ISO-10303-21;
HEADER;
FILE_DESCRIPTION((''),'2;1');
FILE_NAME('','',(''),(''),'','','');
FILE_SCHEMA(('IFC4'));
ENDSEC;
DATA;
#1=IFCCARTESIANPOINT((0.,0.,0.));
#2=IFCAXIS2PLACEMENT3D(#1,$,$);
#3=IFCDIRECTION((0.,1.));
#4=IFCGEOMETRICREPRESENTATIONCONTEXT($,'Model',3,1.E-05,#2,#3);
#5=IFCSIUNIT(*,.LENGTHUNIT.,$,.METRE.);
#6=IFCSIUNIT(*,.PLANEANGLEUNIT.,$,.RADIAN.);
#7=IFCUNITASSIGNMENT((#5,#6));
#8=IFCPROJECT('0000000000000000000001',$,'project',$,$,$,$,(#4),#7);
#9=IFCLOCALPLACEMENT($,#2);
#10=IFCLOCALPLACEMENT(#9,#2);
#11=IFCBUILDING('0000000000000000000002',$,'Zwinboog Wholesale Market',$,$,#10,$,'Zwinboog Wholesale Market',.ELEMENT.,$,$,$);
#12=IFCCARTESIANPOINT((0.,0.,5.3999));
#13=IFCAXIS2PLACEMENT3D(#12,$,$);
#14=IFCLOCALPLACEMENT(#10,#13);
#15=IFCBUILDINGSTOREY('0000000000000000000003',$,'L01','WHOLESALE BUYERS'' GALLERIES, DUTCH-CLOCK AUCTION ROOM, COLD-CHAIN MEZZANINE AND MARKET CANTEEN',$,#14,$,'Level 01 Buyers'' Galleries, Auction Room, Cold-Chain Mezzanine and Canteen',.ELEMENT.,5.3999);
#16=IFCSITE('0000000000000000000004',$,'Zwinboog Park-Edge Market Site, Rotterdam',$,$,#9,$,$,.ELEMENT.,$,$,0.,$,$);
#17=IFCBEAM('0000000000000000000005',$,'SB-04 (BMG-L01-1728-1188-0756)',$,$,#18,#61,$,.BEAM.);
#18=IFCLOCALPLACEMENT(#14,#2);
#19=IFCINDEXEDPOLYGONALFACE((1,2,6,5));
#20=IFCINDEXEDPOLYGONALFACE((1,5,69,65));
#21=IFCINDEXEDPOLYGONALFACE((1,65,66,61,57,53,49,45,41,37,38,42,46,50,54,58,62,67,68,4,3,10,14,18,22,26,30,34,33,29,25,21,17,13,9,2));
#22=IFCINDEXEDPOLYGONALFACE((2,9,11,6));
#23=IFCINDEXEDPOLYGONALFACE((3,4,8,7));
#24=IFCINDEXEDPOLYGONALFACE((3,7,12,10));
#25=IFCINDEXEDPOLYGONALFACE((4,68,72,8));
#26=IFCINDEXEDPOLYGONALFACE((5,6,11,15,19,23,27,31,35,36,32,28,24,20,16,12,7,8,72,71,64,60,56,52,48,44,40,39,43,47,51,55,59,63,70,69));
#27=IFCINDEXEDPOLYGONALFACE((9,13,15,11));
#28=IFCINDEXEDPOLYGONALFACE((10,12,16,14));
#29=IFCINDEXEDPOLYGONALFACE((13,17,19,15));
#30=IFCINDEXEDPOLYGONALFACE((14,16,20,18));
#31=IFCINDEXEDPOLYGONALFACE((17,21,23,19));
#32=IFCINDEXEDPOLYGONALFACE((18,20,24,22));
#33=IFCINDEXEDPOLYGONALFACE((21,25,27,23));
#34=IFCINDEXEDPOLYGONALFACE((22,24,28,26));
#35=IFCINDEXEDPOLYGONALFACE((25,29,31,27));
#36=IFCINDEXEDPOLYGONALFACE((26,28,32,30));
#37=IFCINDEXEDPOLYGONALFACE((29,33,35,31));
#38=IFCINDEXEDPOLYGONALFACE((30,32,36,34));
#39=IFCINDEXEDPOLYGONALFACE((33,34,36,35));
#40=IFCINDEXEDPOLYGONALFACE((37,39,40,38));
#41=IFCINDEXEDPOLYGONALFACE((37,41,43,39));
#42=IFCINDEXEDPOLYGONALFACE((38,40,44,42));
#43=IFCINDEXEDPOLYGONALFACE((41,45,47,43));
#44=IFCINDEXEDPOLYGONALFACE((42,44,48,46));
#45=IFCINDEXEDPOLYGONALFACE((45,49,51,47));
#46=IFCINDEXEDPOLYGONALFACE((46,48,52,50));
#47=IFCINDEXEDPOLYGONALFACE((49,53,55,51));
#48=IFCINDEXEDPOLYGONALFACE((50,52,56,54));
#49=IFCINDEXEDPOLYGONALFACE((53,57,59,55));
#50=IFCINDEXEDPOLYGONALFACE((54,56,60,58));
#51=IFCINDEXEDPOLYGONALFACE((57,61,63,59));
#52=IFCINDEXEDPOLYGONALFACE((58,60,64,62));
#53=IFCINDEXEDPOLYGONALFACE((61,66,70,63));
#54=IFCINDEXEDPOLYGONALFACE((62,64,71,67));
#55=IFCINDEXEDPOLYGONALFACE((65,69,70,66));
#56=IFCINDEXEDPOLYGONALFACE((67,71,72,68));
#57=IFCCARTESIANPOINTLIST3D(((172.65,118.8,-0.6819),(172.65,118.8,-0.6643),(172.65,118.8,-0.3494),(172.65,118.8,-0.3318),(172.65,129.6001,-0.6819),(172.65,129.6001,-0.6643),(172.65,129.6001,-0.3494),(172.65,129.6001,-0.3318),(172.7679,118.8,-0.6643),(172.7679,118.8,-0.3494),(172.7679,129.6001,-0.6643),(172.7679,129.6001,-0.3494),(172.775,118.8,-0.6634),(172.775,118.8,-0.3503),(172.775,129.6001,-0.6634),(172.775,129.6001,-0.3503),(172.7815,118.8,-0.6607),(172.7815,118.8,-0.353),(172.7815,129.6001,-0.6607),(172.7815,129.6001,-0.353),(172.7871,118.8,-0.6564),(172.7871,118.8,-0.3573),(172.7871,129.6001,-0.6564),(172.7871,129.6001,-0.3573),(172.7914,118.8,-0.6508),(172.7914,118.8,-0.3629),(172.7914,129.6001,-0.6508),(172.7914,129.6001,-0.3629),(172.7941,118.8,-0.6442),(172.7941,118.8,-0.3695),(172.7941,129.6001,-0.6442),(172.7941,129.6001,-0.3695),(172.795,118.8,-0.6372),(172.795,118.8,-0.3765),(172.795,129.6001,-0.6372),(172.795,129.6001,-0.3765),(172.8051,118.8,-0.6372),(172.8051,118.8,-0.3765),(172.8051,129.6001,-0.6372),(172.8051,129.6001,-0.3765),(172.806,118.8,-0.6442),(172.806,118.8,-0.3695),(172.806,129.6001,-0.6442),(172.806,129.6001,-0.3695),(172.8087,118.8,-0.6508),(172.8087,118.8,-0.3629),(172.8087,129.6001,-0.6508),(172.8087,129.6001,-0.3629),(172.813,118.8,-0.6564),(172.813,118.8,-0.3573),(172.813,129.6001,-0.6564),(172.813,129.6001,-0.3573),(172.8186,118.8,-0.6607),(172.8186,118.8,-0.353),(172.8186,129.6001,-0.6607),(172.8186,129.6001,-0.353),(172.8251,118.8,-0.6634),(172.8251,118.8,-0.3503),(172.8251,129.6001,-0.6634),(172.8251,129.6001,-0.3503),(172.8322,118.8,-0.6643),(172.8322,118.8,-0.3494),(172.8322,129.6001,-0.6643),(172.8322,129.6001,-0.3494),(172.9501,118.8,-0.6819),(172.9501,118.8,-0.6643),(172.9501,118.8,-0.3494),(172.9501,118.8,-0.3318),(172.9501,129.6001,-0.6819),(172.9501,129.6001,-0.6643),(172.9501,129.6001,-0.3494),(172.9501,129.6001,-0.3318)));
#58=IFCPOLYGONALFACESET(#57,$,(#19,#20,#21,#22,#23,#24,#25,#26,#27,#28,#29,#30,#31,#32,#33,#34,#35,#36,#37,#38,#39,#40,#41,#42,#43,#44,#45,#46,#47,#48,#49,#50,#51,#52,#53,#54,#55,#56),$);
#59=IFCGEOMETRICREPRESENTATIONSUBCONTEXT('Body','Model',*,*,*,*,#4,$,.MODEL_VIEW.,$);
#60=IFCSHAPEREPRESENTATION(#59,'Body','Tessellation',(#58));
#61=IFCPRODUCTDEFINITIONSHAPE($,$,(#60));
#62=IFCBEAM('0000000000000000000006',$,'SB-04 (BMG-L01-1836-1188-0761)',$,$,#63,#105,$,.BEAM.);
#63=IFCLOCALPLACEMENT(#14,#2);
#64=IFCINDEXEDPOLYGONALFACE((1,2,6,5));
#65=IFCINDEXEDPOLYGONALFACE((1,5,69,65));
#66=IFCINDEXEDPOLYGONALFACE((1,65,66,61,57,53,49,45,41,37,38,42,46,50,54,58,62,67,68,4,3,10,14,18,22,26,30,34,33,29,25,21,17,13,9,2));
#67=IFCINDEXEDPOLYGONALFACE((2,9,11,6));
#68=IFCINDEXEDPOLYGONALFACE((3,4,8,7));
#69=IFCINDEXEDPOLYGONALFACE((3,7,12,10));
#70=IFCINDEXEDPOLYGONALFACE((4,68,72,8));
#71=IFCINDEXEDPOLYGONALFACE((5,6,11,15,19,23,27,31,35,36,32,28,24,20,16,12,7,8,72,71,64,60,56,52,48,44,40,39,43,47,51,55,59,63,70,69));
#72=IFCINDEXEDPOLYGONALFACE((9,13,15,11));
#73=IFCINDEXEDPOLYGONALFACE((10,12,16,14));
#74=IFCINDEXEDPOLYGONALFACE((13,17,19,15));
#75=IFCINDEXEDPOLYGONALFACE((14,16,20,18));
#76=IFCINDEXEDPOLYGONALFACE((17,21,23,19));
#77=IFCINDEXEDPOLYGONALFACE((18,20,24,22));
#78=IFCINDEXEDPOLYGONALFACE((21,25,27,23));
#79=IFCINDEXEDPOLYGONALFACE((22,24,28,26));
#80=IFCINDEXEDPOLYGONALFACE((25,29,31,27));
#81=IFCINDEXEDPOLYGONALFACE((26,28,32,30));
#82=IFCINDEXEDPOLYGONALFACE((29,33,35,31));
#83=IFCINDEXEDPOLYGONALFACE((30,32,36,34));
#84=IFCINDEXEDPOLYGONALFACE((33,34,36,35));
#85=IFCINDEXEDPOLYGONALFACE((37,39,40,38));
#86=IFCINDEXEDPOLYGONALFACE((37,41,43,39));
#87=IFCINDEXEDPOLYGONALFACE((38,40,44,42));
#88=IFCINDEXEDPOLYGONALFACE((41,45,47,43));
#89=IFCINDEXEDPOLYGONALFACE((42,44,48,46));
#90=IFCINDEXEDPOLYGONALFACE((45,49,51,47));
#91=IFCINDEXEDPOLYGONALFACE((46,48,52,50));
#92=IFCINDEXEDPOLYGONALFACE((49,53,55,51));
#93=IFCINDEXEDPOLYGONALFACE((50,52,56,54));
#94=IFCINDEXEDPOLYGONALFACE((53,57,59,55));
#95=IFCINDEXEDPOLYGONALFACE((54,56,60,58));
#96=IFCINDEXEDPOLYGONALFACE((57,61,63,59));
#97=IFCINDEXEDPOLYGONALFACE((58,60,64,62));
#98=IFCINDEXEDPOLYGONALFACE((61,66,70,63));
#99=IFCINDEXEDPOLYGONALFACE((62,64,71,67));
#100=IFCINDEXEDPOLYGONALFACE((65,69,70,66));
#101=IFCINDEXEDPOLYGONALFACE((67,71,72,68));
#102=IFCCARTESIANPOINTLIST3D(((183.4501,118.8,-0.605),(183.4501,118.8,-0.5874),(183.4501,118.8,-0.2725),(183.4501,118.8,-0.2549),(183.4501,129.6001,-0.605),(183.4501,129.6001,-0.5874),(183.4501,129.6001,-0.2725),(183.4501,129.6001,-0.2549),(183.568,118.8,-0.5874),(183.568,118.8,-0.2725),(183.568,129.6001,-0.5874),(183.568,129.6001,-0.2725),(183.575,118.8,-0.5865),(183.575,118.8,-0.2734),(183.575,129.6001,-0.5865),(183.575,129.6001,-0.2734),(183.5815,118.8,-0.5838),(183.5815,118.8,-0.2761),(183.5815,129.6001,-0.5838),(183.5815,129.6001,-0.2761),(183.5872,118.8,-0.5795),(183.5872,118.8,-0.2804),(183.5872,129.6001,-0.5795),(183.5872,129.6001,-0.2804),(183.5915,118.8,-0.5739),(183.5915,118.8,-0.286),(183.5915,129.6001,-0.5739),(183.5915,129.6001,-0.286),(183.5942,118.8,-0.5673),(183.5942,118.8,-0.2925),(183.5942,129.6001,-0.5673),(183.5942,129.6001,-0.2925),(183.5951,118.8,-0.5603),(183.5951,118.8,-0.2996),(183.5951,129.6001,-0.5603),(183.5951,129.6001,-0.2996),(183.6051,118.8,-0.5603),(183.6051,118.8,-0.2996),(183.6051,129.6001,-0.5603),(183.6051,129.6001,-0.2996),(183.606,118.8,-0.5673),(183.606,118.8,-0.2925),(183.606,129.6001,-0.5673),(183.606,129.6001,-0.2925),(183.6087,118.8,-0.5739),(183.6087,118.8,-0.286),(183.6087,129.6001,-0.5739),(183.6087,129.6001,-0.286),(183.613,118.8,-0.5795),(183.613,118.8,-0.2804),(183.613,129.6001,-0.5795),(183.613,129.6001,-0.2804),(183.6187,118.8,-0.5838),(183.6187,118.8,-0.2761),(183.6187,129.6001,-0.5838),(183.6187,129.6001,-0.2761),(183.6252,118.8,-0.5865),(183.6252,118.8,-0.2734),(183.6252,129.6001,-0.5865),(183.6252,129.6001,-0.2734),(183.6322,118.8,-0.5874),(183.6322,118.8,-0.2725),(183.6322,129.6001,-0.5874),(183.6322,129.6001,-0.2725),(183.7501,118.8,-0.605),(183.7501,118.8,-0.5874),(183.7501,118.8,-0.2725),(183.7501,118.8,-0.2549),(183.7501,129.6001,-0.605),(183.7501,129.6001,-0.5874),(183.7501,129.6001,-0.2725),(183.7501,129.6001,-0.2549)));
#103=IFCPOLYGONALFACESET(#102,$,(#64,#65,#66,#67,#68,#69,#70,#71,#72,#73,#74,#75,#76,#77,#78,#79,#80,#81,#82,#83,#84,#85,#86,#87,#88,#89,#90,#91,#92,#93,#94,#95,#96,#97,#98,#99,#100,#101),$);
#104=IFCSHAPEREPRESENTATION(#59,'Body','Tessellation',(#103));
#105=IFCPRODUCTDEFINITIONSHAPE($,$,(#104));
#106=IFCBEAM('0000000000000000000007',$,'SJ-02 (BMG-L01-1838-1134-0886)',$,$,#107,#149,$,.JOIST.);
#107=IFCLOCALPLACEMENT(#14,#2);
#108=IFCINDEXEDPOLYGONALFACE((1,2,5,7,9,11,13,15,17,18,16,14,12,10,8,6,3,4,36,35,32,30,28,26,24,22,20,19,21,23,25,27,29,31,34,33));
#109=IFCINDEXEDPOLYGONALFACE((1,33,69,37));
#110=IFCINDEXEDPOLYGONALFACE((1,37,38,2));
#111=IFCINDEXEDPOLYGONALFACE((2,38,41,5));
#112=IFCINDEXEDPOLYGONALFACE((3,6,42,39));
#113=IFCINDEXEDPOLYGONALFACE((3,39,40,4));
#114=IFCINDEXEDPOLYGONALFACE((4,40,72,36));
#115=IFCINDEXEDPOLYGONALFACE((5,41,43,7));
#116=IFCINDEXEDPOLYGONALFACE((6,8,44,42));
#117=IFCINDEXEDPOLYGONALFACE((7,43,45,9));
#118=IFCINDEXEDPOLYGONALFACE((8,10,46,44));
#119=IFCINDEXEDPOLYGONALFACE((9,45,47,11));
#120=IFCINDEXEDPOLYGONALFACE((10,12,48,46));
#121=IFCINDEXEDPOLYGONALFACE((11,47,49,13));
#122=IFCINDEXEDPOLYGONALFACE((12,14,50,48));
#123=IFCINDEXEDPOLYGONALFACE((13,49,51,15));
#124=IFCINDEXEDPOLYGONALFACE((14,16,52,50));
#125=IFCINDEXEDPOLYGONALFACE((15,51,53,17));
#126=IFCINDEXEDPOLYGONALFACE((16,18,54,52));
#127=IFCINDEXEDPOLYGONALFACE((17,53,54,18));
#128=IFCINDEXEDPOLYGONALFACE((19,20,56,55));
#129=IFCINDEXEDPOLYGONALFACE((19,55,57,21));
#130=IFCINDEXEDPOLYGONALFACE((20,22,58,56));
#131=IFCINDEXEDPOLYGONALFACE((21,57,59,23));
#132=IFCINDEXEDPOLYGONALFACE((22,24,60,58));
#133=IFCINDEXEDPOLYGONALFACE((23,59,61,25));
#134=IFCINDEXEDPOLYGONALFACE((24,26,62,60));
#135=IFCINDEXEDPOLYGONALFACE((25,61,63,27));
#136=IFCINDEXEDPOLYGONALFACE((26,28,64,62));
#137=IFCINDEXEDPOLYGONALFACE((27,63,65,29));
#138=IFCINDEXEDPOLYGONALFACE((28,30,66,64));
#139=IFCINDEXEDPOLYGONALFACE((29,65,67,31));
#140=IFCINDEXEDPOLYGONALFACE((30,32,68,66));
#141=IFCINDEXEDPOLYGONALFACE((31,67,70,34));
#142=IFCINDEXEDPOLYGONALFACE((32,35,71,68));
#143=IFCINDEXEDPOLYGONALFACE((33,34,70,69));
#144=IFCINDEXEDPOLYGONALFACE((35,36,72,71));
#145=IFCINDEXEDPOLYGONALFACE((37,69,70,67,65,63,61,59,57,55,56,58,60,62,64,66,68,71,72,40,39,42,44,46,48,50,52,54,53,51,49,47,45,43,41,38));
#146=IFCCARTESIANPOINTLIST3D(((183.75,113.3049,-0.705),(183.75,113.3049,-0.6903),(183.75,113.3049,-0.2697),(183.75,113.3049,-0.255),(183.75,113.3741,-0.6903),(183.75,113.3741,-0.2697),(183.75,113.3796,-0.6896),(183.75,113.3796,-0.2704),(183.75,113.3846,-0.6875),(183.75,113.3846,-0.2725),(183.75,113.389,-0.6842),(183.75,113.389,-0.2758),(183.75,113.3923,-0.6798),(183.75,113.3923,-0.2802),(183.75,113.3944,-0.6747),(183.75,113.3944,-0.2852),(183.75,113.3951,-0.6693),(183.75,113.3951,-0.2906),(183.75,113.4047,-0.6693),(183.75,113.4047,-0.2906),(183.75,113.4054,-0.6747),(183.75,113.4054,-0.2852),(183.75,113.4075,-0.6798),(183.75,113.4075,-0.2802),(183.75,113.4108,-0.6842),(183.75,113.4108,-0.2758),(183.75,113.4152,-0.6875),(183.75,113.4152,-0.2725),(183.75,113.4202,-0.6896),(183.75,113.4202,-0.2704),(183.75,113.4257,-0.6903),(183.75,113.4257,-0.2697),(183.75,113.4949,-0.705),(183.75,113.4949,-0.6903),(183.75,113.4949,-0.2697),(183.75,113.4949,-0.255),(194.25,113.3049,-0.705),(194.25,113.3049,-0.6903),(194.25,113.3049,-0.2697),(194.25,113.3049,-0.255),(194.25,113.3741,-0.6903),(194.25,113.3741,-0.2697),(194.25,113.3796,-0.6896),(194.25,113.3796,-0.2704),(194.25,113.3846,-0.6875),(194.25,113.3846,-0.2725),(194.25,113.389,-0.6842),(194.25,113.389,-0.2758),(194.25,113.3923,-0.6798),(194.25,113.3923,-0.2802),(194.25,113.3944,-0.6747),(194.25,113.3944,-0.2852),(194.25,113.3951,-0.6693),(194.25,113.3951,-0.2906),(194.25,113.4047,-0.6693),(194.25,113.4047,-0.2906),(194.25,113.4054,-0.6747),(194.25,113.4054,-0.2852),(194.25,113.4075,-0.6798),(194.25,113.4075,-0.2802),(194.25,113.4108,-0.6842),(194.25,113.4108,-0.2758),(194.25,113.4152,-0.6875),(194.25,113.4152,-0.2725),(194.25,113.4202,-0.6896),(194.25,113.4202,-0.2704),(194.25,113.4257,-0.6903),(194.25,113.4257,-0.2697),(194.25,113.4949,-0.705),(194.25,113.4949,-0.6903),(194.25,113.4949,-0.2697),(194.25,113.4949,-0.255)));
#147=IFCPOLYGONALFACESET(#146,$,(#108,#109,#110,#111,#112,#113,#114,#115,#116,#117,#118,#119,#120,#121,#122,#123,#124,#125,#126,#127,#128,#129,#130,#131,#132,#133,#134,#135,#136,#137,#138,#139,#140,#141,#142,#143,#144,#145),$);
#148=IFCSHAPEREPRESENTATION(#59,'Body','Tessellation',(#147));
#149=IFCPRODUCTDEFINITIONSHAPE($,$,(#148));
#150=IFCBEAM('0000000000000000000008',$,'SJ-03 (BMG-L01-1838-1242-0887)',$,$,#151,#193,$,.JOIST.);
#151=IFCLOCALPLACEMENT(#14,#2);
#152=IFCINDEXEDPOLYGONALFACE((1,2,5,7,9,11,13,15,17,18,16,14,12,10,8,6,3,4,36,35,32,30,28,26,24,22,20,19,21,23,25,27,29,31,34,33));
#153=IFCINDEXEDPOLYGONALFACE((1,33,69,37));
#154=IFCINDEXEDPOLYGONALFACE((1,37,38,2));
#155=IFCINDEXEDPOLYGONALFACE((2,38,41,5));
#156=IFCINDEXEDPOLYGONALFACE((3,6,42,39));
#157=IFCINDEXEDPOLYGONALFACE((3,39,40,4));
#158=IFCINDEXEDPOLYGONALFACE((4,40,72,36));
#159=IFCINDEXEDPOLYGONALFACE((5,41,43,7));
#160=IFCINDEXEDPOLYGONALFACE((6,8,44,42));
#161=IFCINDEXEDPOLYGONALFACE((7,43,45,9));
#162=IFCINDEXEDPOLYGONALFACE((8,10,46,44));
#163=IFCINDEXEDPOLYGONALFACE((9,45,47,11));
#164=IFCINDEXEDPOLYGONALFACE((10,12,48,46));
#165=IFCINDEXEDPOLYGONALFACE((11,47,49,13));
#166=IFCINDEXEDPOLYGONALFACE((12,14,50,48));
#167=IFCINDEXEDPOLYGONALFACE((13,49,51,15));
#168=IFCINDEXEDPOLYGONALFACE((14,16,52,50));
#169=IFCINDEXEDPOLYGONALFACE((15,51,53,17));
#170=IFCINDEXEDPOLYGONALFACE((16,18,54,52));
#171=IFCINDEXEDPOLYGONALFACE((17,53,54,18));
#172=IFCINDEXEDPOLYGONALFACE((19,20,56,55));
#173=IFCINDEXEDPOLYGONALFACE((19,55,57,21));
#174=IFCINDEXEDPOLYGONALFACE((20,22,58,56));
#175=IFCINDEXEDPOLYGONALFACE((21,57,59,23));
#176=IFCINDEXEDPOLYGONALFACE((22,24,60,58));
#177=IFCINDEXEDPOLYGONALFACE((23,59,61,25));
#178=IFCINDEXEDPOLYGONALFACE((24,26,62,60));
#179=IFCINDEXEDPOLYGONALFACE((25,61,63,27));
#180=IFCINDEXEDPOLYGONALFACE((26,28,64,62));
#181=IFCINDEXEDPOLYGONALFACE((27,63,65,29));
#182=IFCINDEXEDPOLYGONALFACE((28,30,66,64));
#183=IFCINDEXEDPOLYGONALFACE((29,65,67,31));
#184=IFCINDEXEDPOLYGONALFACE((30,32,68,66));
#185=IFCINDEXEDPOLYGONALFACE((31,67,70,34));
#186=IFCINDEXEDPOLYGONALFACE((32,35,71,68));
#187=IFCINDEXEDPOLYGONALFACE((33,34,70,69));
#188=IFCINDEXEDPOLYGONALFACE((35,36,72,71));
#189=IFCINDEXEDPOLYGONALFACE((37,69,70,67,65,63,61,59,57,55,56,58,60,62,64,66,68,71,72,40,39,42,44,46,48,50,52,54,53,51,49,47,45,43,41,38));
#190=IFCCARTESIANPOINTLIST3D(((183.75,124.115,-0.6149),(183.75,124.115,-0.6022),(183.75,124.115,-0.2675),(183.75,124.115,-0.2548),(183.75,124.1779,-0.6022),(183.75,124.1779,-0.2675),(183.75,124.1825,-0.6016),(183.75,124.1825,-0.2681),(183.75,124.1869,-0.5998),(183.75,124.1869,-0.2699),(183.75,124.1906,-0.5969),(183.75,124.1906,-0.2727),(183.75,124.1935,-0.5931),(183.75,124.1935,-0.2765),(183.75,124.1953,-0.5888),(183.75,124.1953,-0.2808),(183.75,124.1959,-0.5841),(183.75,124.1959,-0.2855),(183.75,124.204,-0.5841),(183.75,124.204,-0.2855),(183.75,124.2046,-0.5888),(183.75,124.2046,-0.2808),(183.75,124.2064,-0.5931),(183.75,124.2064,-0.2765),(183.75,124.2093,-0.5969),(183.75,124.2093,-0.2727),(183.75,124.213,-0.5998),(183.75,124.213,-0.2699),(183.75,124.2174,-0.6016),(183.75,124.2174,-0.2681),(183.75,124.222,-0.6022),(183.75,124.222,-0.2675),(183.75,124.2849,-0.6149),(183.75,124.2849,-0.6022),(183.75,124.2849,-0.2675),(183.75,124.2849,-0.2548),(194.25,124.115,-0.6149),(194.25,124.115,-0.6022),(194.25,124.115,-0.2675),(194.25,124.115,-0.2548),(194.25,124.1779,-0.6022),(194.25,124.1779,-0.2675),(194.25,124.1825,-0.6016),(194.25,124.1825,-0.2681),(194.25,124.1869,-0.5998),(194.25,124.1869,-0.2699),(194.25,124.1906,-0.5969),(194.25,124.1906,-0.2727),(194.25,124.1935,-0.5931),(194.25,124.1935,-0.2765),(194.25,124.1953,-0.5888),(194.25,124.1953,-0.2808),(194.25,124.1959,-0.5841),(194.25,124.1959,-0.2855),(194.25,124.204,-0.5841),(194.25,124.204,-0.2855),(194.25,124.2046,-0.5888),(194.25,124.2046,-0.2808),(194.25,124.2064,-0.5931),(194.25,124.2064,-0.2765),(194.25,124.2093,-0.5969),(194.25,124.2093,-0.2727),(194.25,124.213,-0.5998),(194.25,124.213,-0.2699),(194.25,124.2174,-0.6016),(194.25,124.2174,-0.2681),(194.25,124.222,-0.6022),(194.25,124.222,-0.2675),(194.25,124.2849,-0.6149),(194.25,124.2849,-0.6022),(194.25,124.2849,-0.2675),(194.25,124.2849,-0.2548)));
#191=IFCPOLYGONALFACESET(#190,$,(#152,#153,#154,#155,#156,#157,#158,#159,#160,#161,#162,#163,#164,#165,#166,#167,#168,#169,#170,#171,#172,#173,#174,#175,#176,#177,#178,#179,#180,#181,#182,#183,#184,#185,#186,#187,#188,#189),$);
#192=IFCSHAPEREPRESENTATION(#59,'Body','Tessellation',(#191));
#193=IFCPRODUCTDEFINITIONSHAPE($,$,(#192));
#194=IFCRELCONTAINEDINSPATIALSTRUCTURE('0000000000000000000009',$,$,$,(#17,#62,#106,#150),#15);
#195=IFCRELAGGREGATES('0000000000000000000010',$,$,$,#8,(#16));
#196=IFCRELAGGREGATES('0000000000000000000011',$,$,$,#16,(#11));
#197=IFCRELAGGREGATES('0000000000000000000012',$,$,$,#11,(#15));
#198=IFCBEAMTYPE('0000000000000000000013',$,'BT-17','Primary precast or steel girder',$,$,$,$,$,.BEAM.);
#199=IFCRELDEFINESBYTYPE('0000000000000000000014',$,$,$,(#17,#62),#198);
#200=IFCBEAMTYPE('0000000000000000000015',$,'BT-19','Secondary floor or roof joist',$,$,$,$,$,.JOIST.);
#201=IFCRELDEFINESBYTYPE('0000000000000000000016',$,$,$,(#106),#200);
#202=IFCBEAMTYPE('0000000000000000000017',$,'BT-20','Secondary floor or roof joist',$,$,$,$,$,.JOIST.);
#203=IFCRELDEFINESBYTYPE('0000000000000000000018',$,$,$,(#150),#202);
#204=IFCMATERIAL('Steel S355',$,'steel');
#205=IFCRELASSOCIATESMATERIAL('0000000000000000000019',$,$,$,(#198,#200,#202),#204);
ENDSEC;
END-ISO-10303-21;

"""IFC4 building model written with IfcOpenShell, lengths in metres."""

from ifc_helpers import new_model, si_unit, direction, frame, origin, origin_2d, place, context, subcontext, project, spatial, i_section, extrude, material, material_profile, profile_set, type_object, element, save


model = new_model("IFC4")

# Units and contexts
model_context = context("Model", 3, precision=1e-05, world=origin(), true_north=direction((0.0, 1.0)))
body_context = subcontext(model_context, "Body", "Model", "MODEL_VIEW")
ifc_project = project(units=[si_unit("LENGTHUNIT", "METRE"), si_unit("PLANEANGLEUNIT", "RADIAN")], contexts=[model_context])

# Site, building, storey
site_placement = place(None, origin())
site = spatial("IfcSite", under=ifc_project, at=site_placement, Name="Zwinboog Park-Edge Market Site, Rotterdam", CompositionType="ELEMENT", RefElevation=0.0)
building_placement = place(site_placement, origin())
building = spatial("IfcBuilding", under=site, at=building_placement, Name="Zwinboog Wholesale Market", LongName="Zwinboog Wholesale Market", CompositionType="ELEMENT")
storey_placement = place(building_placement, frame((0.0, 0.0, 5.3999)))
storey = spatial("IfcBuildingStorey", under=building, at=storey_placement, Name="L01", Description="WHOLESALE BUYERS' GALLERIES, DUTCH-CLOCK AUCTION ROOM, COLD-CHAIN MEZZANINE AND MARKET CANTEEN", LongName="Level 01 Buyers' Galleries, Auction Room, Cold-Chain Mezzanine and Canteen", CompositionType="ELEMENT", Elevation=5.3999)

# Beams
ifc_material_1 = material(Name="Steel S355", Category="steel")
ifc_material_profile_1 = material_profile(ifc_material_1, i_section(OverallWidth=0.3, OverallDepth=0.3501, WebThickness=0.01, FlangeThickness=0.0176, FilletRadius=0.0271, at=origin_2d()), Name="HEA 360")
ifc_profile_set_1 = profile_set([ifc_material_profile_1], Name="Steel S355")
beam_type_1 = type_object("IfcBeamType", Name="BT-17", Description="Primary precast or steel girder", PredefinedType="BEAM", material=ifc_profile_set_1)
for number, where, z_axis, x_axis, name in (
    (1, (172.8, 118.8, -0.5068), (0.0, 1.0, 0.0), (-1.0, 0.0, 0.0), "SB-04 (BMG-L01-1728-1188-0756)"),
    (2, (183.6001, 118.8, -0.4299), (0.0, 1.0, 0.0), (-1.0, 0.0, 0.0), "SB-04 (BMG-L01-1836-1188-0761)"),
):
    element("IfcBeam", number, at=place(storey_placement, frame(where, z_axis=z_axis, x_axis=x_axis)), inside=storey, type_object=beam_type_1, Name=name, PredefinedType="BEAM", context=body_context, shape_type="SweptSolid", body=[
        extrude(i_section(OverallWidth=0.3, OverallDepth=0.3501, WebThickness=0.01, FlangeThickness=0.0176, FilletRadius=0.0271, at=origin_2d()), origin(), (0.0, 0.0, 1.0), 10.8),
    ])
ifc_material_profile_2 = material_profile(ifc_material_1, i_section(OverallWidth=0.1899, OverallDepth=0.45, WebThickness=0.0095, FlangeThickness=0.0146, FilletRadius=0.021, at=origin_2d()), Name="IPE 450")
ifc_profile_set_2 = profile_set([ifc_material_profile_2], Name="Steel S355")
beam_type_2 = type_object("IfcBeamType", Name="BT-19", Description="Secondary floor or roof joist", PredefinedType="JOIST", material=ifc_profile_set_2)
beam_1_placement = place(storey_placement, frame((183.75, 113.3999, -0.48), z_axis=(1.0, 0.0, 0.0), x_axis=(0.0, 1.0, 0.0)))
element("IfcBeam", 3, at=beam_1_placement, inside=storey, type_object=beam_type_2, Name="SJ-02 (BMG-L01-1838-1134-0886)", PredefinedType="JOIST", context=body_context, shape_type="SweptSolid", body=[
    extrude(i_section(OverallWidth=0.1899, OverallDepth=0.45, WebThickness=0.0095, FlangeThickness=0.0146, FilletRadius=0.021, at=origin_2d()), origin(), (0.0, 0.0, 1.0), 10.5),
])
ifc_material_profile_3 = material_profile(ifc_material_1, i_section(OverallWidth=0.1699, OverallDepth=0.3601, WebThickness=0.0081, FlangeThickness=0.0127, FilletRadius=0.0181, at=origin_2d()), Name="IPE 360")
ifc_profile_set_3 = profile_set([ifc_material_profile_3], Name="Steel S355")
beam_type_3 = type_object("IfcBeamType", Name="BT-20", Description="Secondary floor or roof joist", PredefinedType="JOIST", material=ifc_profile_set_3)
beam_2_placement = place(storey_placement, frame((183.75, 124.2, -0.4348), z_axis=(1.0, 0.0, 0.0), x_axis=(0.0, 1.0, 0.0)))
element("IfcBeam", 4, at=beam_2_placement, inside=storey, type_object=beam_type_3, Name="SJ-03 (BMG-L01-1838-1242-0887)", PredefinedType="JOIST", context=body_context, shape_type="SweptSolid", body=[
    extrude(i_section(OverallWidth=0.1699, OverallDepth=0.3601, WebThickness=0.0081, FlangeThickness=0.0127, FilletRadius=0.0181, at=origin_2d()), origin(), (0.0, 0.0, 1.0), 10.5),
])

save(model, "model.ifc")
